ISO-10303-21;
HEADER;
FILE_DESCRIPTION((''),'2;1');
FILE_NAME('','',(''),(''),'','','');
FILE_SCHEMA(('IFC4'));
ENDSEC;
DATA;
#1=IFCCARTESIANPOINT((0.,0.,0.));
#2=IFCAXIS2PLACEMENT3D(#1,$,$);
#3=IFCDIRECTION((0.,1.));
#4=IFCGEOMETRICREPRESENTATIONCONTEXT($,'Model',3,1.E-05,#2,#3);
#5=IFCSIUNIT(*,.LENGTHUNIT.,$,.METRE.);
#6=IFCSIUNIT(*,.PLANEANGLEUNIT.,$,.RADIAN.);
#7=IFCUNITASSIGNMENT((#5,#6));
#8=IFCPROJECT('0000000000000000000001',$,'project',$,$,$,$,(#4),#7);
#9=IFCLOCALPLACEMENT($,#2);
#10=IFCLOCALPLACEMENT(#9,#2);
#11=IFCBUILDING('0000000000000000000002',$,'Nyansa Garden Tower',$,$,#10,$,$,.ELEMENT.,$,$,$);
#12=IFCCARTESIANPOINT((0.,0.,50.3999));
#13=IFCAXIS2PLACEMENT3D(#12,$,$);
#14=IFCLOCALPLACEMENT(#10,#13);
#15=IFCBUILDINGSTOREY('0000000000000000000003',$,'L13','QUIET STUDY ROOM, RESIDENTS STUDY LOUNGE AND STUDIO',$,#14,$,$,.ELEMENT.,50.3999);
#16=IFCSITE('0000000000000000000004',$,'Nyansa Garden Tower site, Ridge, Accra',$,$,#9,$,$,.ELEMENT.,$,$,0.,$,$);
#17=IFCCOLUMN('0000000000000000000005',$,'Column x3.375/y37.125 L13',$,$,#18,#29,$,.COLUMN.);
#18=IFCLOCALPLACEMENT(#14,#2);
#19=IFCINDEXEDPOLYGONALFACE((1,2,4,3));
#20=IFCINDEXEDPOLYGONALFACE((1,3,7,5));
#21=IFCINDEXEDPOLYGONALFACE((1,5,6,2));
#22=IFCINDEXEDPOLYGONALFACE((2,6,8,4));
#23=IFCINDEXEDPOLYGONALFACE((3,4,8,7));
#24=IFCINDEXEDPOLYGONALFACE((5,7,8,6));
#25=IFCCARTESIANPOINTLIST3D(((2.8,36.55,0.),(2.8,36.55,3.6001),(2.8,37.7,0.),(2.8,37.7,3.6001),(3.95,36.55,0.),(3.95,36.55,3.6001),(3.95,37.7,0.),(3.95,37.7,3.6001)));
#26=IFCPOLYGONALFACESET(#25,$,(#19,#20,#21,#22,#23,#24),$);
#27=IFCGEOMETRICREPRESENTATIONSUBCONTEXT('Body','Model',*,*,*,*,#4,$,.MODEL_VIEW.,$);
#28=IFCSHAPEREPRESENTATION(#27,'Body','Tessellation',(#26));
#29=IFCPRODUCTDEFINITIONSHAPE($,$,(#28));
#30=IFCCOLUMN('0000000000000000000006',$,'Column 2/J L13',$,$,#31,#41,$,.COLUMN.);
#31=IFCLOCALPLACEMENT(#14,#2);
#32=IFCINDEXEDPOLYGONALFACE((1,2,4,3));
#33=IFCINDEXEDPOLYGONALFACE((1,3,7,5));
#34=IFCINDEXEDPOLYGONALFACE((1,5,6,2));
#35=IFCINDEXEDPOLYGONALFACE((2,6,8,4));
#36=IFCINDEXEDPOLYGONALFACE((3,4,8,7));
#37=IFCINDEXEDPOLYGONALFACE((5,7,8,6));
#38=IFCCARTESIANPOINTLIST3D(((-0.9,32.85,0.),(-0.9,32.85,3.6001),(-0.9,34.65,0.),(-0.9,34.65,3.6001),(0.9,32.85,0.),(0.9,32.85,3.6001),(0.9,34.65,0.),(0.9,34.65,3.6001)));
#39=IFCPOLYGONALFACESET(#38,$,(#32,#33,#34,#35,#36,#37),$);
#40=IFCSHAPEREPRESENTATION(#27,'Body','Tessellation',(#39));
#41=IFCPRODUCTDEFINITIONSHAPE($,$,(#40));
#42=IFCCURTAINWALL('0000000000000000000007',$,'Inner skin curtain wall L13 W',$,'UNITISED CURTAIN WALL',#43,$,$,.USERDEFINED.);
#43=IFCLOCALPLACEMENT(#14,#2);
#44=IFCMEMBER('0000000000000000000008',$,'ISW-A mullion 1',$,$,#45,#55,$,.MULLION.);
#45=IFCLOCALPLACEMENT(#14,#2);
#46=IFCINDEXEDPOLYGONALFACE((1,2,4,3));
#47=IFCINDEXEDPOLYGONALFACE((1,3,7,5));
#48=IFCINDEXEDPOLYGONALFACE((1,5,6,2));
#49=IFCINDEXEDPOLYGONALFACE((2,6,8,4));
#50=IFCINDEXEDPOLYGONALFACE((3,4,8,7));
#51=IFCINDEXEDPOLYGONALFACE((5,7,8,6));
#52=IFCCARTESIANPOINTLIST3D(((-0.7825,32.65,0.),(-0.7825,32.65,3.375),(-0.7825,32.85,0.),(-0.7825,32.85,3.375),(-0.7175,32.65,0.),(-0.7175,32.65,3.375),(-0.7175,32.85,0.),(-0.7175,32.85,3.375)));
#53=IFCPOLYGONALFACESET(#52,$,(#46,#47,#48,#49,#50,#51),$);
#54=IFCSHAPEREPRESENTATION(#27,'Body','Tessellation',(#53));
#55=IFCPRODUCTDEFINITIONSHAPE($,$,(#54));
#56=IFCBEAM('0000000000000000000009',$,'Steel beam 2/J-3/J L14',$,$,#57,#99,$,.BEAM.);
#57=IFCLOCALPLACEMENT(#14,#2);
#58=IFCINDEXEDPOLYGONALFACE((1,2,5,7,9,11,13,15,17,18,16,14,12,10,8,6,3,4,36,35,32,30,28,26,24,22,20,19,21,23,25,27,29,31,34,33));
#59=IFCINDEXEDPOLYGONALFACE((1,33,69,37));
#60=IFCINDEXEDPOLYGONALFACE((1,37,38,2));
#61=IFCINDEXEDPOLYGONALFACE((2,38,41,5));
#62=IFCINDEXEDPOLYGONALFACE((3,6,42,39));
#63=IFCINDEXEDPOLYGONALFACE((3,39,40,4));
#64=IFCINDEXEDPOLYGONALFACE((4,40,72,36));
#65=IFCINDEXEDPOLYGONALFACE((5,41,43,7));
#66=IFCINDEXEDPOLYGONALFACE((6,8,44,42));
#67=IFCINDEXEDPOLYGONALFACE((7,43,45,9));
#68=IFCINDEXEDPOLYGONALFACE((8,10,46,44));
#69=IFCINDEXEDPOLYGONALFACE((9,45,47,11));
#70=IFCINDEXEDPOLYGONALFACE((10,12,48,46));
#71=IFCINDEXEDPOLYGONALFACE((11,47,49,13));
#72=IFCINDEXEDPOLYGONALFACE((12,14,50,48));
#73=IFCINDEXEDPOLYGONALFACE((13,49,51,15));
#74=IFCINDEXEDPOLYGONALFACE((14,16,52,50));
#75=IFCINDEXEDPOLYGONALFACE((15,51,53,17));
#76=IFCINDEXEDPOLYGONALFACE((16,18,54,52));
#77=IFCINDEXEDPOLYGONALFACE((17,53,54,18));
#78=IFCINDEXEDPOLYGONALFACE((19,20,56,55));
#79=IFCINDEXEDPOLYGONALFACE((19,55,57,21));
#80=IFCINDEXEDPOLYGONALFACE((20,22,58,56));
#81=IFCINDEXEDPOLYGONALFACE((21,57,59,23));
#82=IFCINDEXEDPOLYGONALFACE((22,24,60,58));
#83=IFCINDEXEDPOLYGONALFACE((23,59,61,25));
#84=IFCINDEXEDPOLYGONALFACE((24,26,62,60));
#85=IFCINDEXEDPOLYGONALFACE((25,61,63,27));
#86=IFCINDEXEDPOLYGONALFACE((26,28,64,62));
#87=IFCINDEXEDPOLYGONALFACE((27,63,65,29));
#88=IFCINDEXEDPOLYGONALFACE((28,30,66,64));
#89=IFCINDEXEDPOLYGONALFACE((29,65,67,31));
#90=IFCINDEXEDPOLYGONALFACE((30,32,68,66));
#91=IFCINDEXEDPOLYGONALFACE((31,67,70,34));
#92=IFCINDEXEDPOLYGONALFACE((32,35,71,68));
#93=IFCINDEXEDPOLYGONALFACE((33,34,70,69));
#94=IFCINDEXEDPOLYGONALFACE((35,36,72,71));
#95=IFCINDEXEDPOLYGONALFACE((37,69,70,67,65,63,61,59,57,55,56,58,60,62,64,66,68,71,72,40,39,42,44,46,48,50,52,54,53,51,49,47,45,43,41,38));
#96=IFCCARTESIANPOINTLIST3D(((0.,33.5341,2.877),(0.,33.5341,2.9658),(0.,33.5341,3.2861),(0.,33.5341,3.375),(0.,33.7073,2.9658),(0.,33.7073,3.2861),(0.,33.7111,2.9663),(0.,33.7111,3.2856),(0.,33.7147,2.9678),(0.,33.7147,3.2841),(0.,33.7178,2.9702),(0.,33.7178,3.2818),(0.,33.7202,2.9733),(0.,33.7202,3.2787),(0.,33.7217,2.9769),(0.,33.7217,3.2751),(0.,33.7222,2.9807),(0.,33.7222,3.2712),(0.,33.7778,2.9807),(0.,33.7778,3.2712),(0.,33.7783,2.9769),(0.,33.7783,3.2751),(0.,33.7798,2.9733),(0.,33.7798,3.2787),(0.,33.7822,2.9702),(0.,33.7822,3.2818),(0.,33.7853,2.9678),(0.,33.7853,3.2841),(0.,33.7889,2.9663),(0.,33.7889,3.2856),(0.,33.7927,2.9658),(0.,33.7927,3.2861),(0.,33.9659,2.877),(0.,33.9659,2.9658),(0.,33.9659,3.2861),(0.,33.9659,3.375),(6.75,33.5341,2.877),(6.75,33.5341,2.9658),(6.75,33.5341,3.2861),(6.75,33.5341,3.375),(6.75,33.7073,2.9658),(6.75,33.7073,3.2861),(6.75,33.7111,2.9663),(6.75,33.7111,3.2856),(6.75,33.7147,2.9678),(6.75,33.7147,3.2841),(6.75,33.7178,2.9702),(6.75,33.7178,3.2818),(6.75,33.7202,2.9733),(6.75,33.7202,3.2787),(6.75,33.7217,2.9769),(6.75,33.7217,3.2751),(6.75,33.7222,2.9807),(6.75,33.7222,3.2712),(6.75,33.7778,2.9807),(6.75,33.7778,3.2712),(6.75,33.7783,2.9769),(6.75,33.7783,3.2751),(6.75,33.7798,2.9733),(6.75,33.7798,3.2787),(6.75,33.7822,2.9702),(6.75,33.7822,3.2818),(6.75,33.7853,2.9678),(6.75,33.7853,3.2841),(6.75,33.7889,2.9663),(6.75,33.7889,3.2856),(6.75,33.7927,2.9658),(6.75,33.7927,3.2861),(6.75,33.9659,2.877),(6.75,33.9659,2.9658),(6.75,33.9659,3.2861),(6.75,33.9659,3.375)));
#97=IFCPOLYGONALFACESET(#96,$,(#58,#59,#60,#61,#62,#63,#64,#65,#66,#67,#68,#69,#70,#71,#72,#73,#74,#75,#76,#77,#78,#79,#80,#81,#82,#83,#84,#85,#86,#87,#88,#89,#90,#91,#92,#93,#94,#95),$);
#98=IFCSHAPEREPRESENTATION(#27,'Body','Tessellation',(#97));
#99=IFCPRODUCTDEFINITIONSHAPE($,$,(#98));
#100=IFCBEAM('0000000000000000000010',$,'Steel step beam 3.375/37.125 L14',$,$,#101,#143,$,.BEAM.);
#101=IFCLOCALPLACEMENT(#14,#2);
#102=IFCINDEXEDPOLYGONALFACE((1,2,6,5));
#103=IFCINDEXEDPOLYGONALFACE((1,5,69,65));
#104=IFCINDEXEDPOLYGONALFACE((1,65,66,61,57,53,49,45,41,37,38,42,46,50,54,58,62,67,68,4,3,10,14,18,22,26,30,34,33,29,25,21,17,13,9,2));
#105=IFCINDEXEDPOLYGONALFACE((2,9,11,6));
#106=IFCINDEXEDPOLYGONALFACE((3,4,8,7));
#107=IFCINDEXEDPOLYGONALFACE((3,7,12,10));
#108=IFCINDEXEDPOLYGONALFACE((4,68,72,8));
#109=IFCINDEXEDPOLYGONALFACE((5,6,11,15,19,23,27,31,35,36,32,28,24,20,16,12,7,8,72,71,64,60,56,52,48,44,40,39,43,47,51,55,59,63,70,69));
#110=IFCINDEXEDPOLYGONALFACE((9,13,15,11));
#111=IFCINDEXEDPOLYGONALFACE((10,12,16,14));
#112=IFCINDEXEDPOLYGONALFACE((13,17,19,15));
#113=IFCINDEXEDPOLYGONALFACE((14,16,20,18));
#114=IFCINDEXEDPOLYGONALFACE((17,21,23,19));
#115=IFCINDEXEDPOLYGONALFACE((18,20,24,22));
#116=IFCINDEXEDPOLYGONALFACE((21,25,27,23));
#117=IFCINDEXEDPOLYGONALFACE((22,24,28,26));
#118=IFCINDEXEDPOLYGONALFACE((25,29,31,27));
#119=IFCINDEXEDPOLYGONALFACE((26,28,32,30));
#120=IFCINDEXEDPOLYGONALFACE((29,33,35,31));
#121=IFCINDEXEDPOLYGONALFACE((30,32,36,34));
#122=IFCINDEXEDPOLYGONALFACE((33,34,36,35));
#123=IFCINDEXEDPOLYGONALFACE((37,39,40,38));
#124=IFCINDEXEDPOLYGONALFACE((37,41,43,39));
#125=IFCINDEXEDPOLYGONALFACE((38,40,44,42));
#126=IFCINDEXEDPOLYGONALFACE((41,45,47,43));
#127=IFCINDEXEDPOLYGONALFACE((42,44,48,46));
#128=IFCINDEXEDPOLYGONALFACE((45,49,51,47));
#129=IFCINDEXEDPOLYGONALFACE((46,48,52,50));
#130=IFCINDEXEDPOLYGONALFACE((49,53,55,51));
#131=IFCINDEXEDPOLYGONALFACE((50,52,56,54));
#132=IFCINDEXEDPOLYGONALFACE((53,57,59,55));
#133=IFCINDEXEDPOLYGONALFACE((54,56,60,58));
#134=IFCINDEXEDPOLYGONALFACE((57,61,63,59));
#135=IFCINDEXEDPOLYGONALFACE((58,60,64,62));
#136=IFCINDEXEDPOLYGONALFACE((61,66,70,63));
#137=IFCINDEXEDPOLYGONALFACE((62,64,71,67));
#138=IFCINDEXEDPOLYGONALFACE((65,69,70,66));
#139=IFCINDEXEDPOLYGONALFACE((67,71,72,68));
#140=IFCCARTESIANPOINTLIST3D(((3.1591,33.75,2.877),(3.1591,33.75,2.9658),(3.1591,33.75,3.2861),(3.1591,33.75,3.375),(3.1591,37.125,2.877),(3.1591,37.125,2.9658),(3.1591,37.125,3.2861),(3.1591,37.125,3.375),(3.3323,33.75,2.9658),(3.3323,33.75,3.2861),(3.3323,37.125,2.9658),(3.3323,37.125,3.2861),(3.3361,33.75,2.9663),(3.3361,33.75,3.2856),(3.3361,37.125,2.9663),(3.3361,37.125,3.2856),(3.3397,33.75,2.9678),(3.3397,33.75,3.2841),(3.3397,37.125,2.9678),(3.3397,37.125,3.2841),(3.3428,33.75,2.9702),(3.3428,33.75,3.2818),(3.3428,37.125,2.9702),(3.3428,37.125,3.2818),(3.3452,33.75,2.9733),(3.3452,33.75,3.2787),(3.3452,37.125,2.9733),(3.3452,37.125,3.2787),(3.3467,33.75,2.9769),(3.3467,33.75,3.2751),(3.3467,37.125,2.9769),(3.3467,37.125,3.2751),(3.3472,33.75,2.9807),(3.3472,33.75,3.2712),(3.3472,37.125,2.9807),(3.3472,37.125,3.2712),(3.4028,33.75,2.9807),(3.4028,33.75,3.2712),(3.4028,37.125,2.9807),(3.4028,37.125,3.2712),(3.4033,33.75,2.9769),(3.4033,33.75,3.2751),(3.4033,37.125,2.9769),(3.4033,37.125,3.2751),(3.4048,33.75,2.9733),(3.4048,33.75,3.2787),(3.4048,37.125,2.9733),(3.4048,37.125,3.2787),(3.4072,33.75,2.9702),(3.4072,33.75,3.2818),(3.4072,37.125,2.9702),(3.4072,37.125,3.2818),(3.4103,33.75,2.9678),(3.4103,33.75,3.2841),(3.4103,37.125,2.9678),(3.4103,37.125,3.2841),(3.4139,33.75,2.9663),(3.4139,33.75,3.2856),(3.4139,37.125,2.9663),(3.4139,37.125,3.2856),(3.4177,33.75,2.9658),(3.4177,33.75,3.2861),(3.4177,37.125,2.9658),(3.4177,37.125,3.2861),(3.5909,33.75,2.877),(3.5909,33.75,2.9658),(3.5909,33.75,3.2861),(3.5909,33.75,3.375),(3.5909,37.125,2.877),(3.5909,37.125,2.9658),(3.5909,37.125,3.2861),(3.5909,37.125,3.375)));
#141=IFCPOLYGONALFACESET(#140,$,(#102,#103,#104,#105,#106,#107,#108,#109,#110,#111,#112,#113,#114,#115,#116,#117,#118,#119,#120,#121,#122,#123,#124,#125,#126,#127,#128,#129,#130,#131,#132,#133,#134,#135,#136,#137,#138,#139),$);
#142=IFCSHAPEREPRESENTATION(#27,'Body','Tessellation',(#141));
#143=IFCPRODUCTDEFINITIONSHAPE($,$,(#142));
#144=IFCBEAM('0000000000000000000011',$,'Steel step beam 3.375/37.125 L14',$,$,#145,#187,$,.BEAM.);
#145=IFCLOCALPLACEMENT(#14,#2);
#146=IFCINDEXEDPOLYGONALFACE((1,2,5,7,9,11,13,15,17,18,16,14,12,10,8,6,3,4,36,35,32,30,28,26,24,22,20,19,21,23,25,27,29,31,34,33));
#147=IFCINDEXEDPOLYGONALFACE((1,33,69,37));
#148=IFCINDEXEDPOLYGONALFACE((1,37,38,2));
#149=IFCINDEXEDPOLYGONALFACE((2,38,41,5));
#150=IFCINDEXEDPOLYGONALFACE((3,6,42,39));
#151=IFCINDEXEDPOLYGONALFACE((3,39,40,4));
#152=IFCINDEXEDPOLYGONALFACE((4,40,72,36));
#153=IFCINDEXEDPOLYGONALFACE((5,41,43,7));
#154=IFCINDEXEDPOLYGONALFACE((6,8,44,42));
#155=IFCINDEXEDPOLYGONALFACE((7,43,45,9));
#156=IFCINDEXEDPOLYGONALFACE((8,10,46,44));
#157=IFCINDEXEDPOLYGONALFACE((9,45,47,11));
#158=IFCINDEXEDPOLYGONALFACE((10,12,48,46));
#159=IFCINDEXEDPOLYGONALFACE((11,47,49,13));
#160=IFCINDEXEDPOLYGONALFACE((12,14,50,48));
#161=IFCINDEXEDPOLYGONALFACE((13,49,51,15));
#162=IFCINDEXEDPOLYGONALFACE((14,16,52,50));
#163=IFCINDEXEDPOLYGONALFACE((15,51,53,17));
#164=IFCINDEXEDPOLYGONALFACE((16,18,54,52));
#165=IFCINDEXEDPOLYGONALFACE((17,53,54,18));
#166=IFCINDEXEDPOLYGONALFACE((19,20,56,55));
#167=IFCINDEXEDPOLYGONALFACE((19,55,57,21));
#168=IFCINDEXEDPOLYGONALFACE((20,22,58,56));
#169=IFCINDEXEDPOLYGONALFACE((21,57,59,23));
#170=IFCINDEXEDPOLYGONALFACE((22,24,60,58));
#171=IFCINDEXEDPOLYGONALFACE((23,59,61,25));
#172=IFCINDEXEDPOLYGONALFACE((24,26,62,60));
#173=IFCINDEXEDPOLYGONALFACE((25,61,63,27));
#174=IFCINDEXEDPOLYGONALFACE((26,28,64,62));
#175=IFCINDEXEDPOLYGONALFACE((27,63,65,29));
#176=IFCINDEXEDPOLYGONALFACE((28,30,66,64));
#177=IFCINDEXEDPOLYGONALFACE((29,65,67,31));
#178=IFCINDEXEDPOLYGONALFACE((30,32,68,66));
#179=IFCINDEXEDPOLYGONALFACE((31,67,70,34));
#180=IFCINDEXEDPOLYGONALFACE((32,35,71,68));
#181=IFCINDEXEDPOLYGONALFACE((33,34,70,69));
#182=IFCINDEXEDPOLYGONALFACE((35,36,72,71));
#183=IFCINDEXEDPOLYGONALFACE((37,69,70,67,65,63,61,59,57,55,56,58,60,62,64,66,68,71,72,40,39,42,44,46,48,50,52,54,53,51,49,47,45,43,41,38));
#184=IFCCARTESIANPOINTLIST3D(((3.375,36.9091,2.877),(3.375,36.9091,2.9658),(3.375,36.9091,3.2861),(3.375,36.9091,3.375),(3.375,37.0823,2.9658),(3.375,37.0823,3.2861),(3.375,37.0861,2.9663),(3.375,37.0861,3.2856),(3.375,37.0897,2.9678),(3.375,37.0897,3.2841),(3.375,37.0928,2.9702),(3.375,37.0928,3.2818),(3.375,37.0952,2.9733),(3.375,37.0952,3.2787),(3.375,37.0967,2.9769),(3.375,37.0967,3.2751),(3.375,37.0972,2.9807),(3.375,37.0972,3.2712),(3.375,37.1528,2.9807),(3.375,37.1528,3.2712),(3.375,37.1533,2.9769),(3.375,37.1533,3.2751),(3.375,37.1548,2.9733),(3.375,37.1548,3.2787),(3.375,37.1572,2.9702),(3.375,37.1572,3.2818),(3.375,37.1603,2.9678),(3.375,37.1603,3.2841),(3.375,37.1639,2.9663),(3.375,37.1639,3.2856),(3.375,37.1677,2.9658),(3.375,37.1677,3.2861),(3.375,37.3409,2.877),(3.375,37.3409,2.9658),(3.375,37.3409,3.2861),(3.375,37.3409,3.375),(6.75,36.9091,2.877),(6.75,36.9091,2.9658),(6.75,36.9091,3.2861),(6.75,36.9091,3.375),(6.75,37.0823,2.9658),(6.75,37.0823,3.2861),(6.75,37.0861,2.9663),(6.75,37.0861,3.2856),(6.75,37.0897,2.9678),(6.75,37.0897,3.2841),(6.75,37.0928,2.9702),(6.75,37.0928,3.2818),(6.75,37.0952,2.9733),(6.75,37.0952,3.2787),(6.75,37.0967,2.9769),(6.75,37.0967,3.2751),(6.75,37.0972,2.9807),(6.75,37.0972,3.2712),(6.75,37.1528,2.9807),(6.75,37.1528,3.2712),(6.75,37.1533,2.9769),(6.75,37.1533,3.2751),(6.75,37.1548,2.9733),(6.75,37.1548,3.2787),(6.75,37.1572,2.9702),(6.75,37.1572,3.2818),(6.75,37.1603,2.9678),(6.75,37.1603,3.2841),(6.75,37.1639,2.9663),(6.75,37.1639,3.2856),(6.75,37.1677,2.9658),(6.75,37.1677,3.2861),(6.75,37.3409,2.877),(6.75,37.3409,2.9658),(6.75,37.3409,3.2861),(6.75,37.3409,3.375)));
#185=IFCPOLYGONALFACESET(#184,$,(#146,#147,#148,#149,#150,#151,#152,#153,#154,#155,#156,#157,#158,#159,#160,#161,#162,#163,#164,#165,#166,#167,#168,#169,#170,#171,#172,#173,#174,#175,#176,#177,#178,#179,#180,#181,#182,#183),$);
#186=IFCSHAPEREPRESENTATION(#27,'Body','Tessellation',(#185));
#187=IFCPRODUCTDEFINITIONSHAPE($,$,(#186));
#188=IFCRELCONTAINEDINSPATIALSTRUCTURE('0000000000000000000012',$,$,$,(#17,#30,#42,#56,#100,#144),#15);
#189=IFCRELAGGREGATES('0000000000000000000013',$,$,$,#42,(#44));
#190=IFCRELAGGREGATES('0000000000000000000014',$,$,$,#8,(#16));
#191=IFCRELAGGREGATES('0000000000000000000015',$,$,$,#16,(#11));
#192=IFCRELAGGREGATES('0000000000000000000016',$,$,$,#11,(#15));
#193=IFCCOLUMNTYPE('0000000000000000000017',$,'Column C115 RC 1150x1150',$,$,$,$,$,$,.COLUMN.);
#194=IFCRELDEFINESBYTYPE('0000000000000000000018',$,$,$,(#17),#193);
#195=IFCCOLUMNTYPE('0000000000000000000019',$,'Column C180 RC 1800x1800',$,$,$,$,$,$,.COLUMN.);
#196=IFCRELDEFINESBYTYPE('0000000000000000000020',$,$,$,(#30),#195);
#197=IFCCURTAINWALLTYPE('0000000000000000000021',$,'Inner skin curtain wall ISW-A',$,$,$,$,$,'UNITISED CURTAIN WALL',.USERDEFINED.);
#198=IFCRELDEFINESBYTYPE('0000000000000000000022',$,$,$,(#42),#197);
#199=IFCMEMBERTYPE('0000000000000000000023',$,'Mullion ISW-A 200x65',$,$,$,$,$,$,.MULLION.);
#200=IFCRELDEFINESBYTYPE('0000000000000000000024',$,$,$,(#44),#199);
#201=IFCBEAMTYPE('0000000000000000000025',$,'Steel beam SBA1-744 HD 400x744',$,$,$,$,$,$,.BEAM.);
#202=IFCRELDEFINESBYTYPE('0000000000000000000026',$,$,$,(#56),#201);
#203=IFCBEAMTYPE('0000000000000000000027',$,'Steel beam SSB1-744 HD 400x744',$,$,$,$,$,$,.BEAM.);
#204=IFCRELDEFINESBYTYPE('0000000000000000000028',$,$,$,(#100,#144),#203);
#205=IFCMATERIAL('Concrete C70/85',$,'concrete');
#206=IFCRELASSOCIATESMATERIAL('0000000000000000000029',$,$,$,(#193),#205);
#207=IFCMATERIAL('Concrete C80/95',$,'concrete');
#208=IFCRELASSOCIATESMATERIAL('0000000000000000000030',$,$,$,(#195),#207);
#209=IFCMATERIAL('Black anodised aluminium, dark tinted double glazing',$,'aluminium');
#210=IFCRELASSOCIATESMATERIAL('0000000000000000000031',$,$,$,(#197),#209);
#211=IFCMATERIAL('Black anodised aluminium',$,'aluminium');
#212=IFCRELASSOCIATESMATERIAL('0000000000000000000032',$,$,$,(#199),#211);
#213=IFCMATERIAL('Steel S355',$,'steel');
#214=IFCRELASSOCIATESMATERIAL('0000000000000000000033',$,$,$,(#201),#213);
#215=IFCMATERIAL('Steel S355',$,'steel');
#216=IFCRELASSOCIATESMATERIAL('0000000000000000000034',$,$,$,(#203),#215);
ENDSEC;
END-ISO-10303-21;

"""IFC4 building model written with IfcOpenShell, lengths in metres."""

from ifc_helpers import new_model, si_unit, direction, frame, origin, origin_2d, place, context, subcontext, project, spatial, rectangle, i_section, extrude, material, material_profile, profile_set, type_object, element, aggregate, save


model = new_model("IFC4")

# Units and contexts
model_context = context("Model", 3, precision=1e-05, world=origin(), true_north=direction((0.0, 1.0)))
body_context = subcontext(model_context, "Body", "Model", "MODEL_VIEW")
ifc_project = project(units=[si_unit("LENGTHUNIT", "METRE"), si_unit("PLANEANGLEUNIT", "RADIAN")], contexts=[model_context])

# Site, building, storey
site_placement = place(None, origin())
site = spatial("IfcSite", under=ifc_project, at=site_placement, Name="Nyansa Garden Tower site, Ridge, Accra", CompositionType="ELEMENT", RefElevation=0.0)
building_placement = place(site_placement, origin())
building = spatial("IfcBuilding", under=site, at=building_placement, Name="Nyansa Garden Tower", CompositionType="ELEMENT")
storey_placement = place(building_placement, frame((0.0, 0.0, 50.3999)))
storey = spatial("IfcBuildingStorey", under=building, at=storey_placement, Name="L13", Description="QUIET STUDY ROOM, RESIDENTS STUDY LOUNGE AND STUDIO", CompositionType="ELEMENT", Elevation=50.3999)

# Columns
ifc_material_1 = material(Name="Concrete C70/85", Category="concrete")
ifc_material_profile_1 = material_profile(ifc_material_1, rectangle(XDim=1.1499, YDim=1.1499, at=origin_2d()), Name="RC 1150x1150")
ifc_profile_set_1 = profile_set([ifc_material_profile_1], Name="Concrete C70/85")
column_type_1 = type_object("IfcColumnType", Name="Column C115 RC 1150x1150", PredefinedType="COLUMN", material=ifc_profile_set_1)
column_1_placement = place(storey_placement, frame((3.375, 37.125, 0.0), z_axis=(0.0, 0.0, 1.0), x_axis=(1.0, 0.0, 0.0)))
element("IfcColumn", 1, at=column_1_placement, inside=storey, type_object=column_type_1, Name="Column x3.375/y37.125 L13", PredefinedType="COLUMN", context=body_context, shape_type="SweptSolid", body=[
    extrude(rectangle(XDim=1.1499, YDim=1.1499, at=origin_2d()), origin(), (0.0, 0.0, 1.0), 3.6001),
])
ifc_material_2 = material(Name="Concrete C80/95", Category="concrete")
ifc_material_profile_2 = material_profile(ifc_material_2, rectangle(XDim=1.8, YDim=1.8, at=origin_2d()), Name="RC 1800x1800")
ifc_profile_set_2 = profile_set([ifc_material_profile_2], Name="Concrete C80/95")
column_type_2 = type_object("IfcColumnType", Name="Column C180 RC 1800x1800", PredefinedType="COLUMN", material=ifc_profile_set_2)
column_2_placement = place(storey_placement, frame((0.0, 33.75, 0.0), z_axis=(0.0, 0.0, 1.0), x_axis=(1.0, 0.0, 0.0)))
element("IfcColumn", 2, at=column_2_placement, inside=storey, type_object=column_type_2, Name="Column 2/J L13", PredefinedType="COLUMN", context=body_context, shape_type="SweptSolid", body=[
    extrude(rectangle(XDim=1.8, YDim=1.8, at=origin_2d()), origin(), (0.0, 0.0, 1.0), 3.6001),
])

# Curtain wall, member
ifc_material_3 = material(Name="Black anodised aluminium, dark tinted double glazing", Category="aluminium")
curtain_wall_type = type_object("IfcCurtainWallType", Name="Inner skin curtain wall ISW-A", ElementType="UNITISED CURTAIN WALL", PredefinedType="USERDEFINED", material=ifc_material_3)
curtain_wall_placement = place(storey_placement, origin())
curtain_wall = element("IfcCurtainWall", 3, at=curtain_wall_placement, inside=storey, type_object=curtain_wall_type, Name="Inner skin curtain wall L13 W", ObjectType="UNITISED CURTAIN WALL", PredefinedType="USERDEFINED")
ifc_material_4 = material(Name="Black anodised aluminium", Category="aluminium")
ifc_material_profile_3 = material_profile(ifc_material_4, rectangle(XDim=0.0649, YDim=0.2, at=origin_2d()), Name="Mullion 200x65")
ifc_profile_set_3 = profile_set([ifc_material_profile_3], Name="Black anodised aluminium")
member_type_1 = type_object("IfcMemberType", Name="Mullion ISW-A 200x65", PredefinedType="MULLION", material=ifc_profile_set_3)
member_1_placement = place(storey_placement, frame((-0.75, 32.75, 0.0), z_axis=(0.0, 0.0, 1.0), x_axis=(1.0, 0.0, 0.0)))
member_1 = element("IfcMember", 4, at=member_1_placement, type_object=member_type_1, Name="ISW-A mullion 1", PredefinedType="MULLION", context=body_context, shape_type="SweptSolid", body=[
    extrude(rectangle(XDim=0.0649, YDim=0.2, at=origin_2d()), origin(), (0.0, 0.0, 1.0), 3.375),
])

# Beams
ifc_material_5 = material(Name="Steel S355", Category="steel")
ifc_material_profile_4 = material_profile(ifc_material_5, i_section(OverallWidth=0.4319, OverallDepth=0.498, WebThickness=0.0557, FlangeThickness=0.0889, FilletRadius=0.0149, at=origin_2d()), Name="HD 400x744")
ifc_profile_set_4 = profile_set([ifc_material_profile_4], Name="Steel S355")
beam_type_1 = type_object("IfcBeamType", Name="Steel beam SBA1-744 HD 400x744", PredefinedType="BEAM", material=ifc_profile_set_4)
beam_placement = place(storey_placement, frame((0.0, 33.75, 3.126), z_axis=(1.0, 0.0, 0.0), x_axis=(0.0, 1.0, 0.0)))
element("IfcBeam", 5, at=beam_placement, inside=storey, type_object=beam_type_1, Name="Steel beam 2/J-3/J L14", PredefinedType="BEAM", context=body_context, shape_type="SweptSolid", body=[
    extrude(i_section(OverallWidth=0.4319, OverallDepth=0.498, WebThickness=0.0557, FlangeThickness=0.0889, FilletRadius=0.0149, at=origin_2d()), origin(), (0.0, 0.0, 1.0), 6.75),
])
ifc_material_6 = material(Name="Steel S355", Category="steel")
ifc_material_profile_5 = material_profile(ifc_material_6, i_section(OverallWidth=0.4319, OverallDepth=0.498, WebThickness=0.0557, FlangeThickness=0.0889, FilletRadius=0.0149, at=origin_2d()), Name="HD 400x744")
ifc_profile_set_5 = profile_set([ifc_material_profile_5], Name="Steel S355")
beam_type_2 = type_object("IfcBeamType", Name="Steel beam SSB1-744 HD 400x744", PredefinedType="BEAM", material=ifc_profile_set_5)
for number, where, z_axis, x_axis, name in (
    (6, (3.375, 37.125, 3.126), (0.0, -1.0, 0.0), (1.0, 0.0, 0.0), "Steel step beam 3.375/37.125 L14"),
    (7, (3.375, 37.125, 3.126), (1.0, 0.0, 0.0), (0.0, 1.0, 0.0), "Steel step beam 3.375/37.125 L14"),
):
    element("IfcBeam", number, at=place(storey_placement, frame(where, z_axis=z_axis, x_axis=x_axis)), inside=storey, type_object=beam_type_2, Name=name, PredefinedType="BEAM", context=body_context, shape_type="SweptSolid", body=[
        extrude(i_section(OverallWidth=0.4319, OverallDepth=0.498, WebThickness=0.0557, FlangeThickness=0.0889, FilletRadius=0.0149, at=origin_2d()), origin(), (0.0, 0.0, 1.0), 3.375),
    ])

aggregate(curtain_wall, [member_1])

save(model, "model.ifc")
